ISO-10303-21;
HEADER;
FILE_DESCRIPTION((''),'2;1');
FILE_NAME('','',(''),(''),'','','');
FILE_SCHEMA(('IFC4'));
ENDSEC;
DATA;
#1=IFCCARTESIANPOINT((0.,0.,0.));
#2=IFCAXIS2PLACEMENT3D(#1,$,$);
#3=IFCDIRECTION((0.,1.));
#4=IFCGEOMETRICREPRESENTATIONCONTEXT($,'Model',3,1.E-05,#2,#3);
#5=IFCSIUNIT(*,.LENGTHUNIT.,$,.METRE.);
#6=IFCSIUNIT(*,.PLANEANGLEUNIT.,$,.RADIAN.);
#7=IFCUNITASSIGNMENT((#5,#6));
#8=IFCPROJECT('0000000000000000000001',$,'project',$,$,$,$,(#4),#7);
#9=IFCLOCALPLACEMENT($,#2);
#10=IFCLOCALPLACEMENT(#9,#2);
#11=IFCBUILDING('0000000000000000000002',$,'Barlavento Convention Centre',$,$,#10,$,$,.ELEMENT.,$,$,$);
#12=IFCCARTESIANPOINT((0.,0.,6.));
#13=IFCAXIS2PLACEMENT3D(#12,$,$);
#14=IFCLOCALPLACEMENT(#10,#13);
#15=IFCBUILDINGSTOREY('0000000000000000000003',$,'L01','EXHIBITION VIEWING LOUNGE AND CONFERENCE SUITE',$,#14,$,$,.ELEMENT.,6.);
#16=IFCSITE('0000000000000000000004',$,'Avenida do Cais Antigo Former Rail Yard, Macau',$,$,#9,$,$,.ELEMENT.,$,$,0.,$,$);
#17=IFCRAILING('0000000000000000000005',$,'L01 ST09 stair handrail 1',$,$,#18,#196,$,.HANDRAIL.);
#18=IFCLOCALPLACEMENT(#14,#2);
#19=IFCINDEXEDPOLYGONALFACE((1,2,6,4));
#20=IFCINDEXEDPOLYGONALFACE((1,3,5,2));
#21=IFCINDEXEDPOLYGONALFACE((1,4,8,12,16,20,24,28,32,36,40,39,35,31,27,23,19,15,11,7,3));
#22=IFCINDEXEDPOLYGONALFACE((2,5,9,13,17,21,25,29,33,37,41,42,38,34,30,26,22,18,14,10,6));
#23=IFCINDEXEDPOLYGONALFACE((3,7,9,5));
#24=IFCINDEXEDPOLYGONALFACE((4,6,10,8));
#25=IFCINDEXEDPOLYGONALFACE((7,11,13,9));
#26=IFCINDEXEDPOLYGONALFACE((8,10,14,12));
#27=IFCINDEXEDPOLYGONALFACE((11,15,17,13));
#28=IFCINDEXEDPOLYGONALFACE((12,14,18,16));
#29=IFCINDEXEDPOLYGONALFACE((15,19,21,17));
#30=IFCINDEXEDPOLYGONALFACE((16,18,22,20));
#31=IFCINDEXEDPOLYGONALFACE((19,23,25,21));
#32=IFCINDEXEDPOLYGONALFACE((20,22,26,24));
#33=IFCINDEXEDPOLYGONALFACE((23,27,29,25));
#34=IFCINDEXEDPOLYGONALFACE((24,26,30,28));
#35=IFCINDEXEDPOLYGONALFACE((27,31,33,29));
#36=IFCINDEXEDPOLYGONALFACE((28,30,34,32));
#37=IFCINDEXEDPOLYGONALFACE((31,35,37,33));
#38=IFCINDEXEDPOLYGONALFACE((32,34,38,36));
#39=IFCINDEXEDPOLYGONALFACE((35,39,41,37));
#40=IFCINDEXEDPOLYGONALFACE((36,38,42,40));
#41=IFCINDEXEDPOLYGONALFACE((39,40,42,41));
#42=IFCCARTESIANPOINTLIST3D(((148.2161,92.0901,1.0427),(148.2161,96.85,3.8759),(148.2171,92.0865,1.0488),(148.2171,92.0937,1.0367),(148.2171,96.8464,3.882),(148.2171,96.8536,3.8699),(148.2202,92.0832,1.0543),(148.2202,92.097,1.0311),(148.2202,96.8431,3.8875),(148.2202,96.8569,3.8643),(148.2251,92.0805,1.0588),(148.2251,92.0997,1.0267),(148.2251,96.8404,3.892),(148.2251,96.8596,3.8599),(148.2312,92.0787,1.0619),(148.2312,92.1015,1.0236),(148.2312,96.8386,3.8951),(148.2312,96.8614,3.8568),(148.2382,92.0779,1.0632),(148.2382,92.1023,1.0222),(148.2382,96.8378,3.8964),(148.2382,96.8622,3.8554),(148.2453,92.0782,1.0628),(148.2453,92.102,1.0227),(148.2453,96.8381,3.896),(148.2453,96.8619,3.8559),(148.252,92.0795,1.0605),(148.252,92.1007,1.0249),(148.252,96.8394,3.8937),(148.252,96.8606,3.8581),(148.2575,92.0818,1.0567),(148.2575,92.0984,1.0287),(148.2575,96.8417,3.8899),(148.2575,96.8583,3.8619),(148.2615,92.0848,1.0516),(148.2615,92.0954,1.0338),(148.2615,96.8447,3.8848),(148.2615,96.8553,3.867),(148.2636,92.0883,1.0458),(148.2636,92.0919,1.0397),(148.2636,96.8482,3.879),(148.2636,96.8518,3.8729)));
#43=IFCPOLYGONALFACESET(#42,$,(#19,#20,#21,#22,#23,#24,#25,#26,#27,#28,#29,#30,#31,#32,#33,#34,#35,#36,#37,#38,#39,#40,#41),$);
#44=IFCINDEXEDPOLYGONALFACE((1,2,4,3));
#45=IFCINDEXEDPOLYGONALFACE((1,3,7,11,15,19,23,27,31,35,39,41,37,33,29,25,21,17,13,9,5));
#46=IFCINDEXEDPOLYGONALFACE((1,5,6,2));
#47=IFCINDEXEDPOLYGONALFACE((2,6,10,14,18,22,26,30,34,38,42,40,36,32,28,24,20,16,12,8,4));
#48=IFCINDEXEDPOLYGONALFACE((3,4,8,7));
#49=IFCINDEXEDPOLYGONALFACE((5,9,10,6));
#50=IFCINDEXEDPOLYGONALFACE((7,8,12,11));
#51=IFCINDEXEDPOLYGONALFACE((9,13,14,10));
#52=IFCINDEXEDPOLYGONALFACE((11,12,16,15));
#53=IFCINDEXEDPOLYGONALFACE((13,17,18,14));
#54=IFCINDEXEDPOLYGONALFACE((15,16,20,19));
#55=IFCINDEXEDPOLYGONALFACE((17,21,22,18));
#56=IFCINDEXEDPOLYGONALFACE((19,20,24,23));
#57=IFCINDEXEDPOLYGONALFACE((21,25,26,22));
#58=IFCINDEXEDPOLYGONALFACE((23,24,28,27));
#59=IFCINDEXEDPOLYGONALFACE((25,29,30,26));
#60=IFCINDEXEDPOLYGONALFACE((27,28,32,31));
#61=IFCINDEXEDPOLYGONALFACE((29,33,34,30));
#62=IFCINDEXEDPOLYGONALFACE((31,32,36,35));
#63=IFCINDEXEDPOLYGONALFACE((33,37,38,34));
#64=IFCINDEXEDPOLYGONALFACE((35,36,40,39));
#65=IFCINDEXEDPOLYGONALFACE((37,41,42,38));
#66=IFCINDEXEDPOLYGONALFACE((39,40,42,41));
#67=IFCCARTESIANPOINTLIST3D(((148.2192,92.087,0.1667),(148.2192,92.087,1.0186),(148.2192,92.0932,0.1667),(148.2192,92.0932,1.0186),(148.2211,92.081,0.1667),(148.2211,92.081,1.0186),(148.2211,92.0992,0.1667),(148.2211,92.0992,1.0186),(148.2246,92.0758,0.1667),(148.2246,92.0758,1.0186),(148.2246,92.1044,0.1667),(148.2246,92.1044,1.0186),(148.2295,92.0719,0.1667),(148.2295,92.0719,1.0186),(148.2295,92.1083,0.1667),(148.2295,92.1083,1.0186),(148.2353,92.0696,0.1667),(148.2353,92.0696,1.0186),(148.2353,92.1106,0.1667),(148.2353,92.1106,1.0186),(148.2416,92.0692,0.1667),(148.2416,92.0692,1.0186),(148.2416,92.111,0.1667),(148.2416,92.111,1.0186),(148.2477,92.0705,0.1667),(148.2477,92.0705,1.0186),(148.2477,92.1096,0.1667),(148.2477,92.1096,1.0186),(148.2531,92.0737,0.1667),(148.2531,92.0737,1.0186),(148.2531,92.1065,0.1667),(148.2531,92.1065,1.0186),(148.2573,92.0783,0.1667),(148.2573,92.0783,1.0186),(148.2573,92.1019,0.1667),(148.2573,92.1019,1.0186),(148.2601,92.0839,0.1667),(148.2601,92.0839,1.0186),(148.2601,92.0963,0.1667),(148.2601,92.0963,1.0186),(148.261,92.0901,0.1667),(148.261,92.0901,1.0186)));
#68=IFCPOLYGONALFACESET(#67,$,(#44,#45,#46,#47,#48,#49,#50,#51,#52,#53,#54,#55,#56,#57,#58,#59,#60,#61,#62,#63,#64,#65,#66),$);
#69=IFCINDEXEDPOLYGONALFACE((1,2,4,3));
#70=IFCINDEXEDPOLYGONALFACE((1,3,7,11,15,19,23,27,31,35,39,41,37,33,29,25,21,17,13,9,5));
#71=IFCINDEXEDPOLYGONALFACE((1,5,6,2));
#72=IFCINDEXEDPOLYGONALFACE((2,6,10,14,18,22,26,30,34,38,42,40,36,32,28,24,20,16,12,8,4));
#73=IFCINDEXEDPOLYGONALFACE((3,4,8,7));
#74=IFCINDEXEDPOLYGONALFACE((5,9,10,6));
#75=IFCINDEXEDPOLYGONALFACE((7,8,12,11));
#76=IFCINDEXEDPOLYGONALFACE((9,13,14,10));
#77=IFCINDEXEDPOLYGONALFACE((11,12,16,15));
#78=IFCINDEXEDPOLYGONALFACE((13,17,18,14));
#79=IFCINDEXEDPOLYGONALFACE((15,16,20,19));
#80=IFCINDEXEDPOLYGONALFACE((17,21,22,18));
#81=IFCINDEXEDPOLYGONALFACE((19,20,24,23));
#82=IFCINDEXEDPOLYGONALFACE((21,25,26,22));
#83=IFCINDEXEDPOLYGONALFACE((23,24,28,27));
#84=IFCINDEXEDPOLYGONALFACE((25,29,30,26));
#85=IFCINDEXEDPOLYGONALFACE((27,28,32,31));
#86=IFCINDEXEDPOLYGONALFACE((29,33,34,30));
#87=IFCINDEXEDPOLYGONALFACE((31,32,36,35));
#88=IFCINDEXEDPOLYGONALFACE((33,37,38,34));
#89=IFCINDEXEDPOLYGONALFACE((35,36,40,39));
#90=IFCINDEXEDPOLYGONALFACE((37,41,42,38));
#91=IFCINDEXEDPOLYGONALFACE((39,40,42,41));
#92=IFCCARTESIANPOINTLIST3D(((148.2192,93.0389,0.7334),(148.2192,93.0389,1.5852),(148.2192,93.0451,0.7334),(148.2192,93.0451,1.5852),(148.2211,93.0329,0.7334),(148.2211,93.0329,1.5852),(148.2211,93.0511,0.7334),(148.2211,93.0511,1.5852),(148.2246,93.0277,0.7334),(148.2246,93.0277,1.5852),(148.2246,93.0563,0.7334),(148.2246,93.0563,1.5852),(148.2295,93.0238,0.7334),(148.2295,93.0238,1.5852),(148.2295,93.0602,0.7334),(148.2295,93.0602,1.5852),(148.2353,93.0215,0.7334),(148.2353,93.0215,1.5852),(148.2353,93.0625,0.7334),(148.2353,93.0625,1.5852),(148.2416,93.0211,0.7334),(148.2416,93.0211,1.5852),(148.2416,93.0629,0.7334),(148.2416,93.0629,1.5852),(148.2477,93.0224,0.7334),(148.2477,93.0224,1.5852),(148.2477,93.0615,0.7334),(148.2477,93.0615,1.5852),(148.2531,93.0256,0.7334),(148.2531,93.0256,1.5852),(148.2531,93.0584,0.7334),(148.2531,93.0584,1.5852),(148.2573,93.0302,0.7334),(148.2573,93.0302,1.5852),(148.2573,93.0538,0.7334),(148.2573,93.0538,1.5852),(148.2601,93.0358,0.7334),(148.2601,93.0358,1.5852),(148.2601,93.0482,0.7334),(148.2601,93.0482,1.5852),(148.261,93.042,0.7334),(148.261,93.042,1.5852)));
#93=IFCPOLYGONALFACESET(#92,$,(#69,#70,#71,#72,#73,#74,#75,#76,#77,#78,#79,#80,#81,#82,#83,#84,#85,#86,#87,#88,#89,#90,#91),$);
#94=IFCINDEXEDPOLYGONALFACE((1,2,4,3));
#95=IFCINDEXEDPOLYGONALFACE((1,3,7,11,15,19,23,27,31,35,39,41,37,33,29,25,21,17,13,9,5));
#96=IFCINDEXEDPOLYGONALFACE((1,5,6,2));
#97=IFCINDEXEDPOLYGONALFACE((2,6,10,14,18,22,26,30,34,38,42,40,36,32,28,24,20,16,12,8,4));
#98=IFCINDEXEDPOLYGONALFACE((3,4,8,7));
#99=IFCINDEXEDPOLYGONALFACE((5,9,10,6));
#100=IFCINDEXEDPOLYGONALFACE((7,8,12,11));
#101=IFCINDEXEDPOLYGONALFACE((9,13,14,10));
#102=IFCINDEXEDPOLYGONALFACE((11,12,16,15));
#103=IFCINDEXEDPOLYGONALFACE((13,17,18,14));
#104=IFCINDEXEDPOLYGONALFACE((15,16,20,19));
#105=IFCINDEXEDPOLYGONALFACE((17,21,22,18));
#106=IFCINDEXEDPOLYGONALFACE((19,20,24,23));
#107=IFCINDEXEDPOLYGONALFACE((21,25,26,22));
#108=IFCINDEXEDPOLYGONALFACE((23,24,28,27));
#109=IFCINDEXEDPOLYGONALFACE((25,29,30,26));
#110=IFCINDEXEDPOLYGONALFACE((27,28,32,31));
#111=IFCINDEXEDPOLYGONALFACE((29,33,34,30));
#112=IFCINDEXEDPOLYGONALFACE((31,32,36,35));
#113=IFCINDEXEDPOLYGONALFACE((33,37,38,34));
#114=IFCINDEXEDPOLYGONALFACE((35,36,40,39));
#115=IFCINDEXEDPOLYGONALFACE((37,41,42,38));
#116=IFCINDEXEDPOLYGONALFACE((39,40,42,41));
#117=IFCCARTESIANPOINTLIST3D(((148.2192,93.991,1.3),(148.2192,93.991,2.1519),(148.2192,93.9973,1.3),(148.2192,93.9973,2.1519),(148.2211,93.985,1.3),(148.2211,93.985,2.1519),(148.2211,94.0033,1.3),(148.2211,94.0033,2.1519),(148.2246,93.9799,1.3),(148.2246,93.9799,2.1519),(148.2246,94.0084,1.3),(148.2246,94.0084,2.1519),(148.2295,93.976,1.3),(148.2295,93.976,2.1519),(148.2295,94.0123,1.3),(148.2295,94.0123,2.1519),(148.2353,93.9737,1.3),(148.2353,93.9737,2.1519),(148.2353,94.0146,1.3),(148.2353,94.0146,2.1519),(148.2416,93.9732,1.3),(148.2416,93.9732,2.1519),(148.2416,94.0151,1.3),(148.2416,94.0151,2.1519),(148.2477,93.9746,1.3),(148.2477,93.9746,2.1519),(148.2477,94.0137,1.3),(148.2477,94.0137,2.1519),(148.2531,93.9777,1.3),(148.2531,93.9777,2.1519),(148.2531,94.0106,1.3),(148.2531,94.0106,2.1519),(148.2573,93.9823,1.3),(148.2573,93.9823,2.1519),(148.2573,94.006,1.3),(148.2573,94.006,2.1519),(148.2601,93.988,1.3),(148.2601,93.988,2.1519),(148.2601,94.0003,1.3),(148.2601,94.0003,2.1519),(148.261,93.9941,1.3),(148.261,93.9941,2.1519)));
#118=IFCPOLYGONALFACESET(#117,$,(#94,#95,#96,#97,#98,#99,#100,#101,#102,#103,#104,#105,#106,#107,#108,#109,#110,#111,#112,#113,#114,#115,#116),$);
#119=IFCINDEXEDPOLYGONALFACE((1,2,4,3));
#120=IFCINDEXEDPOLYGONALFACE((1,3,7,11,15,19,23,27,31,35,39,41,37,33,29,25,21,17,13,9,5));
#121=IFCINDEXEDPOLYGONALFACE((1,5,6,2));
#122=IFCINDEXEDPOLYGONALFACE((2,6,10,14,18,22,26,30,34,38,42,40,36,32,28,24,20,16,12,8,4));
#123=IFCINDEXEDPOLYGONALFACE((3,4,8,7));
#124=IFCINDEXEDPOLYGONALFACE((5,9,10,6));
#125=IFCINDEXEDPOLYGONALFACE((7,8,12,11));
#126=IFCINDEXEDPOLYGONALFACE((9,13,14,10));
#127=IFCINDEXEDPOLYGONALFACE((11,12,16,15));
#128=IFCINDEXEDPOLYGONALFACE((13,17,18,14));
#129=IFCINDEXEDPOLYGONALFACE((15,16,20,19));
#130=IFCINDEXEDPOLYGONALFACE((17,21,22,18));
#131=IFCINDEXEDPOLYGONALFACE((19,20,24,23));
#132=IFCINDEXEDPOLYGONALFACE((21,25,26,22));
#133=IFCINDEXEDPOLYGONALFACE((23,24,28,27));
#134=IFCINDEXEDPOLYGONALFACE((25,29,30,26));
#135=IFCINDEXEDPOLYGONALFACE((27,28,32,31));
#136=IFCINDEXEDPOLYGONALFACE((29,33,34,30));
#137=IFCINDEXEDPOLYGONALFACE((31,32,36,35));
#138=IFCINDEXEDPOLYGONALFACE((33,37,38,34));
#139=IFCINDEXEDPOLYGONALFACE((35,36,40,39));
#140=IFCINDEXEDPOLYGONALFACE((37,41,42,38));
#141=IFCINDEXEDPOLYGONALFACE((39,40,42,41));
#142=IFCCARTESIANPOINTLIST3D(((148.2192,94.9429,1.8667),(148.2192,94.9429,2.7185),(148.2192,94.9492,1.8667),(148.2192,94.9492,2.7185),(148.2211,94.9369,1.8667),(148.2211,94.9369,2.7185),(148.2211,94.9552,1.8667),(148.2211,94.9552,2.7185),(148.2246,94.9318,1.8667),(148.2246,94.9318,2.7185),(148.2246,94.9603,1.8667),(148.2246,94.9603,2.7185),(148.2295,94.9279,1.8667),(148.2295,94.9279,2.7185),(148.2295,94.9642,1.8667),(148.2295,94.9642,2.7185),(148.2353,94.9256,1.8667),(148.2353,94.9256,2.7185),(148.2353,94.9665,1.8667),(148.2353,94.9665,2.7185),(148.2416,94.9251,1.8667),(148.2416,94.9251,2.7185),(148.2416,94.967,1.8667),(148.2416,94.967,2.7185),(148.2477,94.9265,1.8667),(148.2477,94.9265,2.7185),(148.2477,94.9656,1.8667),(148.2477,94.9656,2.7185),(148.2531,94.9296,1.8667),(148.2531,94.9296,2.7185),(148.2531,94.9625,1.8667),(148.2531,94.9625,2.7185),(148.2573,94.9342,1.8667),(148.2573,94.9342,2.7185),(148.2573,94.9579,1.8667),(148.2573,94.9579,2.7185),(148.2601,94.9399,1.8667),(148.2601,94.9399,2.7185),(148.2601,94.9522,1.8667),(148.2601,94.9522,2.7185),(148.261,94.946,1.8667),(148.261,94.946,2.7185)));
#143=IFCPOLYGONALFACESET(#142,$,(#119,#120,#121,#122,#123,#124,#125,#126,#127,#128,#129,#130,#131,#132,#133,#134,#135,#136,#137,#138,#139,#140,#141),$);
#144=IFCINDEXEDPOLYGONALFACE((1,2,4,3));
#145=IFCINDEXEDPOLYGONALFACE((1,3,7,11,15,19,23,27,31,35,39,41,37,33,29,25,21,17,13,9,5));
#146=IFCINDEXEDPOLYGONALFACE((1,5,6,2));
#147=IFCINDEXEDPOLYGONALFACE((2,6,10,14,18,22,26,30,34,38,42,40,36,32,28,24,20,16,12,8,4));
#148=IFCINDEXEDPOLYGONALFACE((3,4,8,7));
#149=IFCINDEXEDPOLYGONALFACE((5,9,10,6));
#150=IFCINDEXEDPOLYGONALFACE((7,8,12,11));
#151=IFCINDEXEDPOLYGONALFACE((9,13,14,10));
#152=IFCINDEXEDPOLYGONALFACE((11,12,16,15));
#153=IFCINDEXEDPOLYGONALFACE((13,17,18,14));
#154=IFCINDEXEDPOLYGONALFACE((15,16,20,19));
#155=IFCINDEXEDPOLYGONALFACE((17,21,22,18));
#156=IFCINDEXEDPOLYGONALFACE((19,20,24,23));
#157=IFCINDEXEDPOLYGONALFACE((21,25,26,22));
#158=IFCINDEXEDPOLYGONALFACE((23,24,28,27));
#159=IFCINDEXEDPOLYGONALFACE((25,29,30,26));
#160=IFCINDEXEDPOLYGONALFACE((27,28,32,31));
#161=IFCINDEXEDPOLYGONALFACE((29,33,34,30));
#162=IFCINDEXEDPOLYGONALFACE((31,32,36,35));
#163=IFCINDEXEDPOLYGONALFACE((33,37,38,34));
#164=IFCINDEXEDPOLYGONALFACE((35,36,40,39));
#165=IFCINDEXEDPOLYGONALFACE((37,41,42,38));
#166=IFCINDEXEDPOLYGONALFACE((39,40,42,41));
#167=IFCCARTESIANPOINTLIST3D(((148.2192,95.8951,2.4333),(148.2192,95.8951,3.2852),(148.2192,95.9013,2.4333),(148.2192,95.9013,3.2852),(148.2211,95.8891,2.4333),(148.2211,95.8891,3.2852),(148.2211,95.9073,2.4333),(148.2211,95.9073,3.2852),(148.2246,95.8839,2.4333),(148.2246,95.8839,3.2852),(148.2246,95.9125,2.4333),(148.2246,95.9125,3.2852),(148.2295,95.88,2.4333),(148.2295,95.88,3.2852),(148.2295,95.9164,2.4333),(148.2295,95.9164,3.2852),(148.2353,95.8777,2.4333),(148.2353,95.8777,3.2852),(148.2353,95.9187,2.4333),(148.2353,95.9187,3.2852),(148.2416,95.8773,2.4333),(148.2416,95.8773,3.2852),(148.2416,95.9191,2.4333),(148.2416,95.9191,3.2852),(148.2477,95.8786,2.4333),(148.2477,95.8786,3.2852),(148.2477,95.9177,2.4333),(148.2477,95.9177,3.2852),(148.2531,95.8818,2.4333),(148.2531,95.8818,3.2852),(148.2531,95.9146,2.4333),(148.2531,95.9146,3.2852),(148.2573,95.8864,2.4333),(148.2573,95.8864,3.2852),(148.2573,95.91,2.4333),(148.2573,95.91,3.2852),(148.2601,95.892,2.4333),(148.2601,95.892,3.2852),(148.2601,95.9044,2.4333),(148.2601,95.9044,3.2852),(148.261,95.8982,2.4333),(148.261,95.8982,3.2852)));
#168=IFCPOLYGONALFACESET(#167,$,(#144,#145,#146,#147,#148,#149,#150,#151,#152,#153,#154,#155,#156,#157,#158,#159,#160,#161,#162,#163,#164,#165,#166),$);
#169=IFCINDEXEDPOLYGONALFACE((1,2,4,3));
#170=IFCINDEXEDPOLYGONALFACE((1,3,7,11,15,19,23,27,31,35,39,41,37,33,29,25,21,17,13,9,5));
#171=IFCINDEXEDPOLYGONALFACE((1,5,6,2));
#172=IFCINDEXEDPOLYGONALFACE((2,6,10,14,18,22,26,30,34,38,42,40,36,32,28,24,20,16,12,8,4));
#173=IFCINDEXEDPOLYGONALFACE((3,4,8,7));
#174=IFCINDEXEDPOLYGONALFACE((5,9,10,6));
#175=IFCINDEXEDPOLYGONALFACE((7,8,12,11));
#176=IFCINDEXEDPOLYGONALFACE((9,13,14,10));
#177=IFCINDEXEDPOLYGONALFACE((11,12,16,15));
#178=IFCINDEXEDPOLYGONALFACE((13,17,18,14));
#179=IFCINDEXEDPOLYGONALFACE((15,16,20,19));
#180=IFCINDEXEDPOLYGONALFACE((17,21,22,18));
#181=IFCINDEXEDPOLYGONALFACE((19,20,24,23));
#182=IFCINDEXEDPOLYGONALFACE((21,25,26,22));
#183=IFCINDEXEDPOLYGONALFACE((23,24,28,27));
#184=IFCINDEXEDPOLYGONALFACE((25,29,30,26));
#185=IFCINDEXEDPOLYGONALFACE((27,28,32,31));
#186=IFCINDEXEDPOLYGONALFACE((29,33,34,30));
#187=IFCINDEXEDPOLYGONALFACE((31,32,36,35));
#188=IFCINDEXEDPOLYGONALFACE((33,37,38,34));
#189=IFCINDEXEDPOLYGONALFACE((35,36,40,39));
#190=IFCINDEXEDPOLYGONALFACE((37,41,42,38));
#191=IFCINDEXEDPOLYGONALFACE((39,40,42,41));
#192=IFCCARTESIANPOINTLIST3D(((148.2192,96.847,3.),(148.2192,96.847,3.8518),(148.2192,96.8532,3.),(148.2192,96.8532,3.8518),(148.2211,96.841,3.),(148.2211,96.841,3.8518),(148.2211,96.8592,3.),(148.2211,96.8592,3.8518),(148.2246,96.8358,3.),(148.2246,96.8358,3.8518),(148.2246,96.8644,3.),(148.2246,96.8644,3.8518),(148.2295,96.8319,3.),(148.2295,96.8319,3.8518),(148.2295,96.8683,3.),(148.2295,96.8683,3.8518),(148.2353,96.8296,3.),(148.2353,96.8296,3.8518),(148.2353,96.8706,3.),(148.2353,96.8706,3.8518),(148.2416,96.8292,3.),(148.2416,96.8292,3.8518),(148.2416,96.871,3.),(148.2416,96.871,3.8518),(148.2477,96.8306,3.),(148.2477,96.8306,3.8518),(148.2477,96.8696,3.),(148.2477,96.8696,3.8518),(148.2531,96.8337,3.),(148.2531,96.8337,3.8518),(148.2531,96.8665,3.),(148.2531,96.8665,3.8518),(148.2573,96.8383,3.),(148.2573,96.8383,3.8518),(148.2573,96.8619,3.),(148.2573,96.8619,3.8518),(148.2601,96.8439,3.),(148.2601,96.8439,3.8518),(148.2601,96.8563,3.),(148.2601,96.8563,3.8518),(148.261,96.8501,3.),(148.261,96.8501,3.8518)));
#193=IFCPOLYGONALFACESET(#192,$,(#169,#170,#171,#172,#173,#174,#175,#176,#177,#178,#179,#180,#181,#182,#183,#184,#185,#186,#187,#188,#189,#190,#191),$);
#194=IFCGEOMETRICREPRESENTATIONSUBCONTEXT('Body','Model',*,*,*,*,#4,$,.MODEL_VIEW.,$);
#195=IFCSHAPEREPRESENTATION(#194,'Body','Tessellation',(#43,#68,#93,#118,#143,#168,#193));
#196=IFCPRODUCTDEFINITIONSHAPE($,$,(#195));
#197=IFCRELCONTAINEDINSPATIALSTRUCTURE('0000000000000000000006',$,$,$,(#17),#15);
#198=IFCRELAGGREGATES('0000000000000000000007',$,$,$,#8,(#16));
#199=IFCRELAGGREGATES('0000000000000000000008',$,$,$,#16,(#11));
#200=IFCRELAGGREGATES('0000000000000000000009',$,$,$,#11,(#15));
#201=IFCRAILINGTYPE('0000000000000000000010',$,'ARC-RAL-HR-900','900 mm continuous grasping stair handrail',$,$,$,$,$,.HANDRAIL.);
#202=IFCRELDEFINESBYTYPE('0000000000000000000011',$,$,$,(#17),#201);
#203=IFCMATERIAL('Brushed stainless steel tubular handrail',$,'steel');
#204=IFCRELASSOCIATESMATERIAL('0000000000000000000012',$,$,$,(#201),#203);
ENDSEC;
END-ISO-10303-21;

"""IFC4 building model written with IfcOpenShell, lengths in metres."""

from ifc_helpers import new_model, si_unit, direction, frame, origin, origin_2d, place, context, subcontext, project, spatial, circle, extrude, material, type_object, element, save


model = new_model("IFC4")

# Units and contexts
model_context = context("Model", 3, precision=1e-05, world=origin(), true_north=direction((0.0, 1.0)))
body_context = subcontext(model_context, "Body", "Model", "MODEL_VIEW")
ifc_project = project(units=[si_unit("LENGTHUNIT", "METRE"), si_unit("PLANEANGLEUNIT", "RADIAN")], contexts=[model_context])

# Site, building, storey
site_placement = place(None, origin())
site = spatial("IfcSite", under=ifc_project, at=site_placement, Name="Avenida do Cais Antigo Former Rail Yard, Macau", CompositionType="ELEMENT", RefElevation=0.0)
building_placement = place(site_placement, origin())
building = spatial("IfcBuilding", under=site, at=building_placement, Name="Barlavento Convention Centre", CompositionType="ELEMENT")
storey_placement = place(building_placement, frame((0.0, 0.0, 6.0)))
storey = spatial("IfcBuildingStorey", under=building, at=storey_placement, Name="L01", Description="EXHIBITION VIEWING LOUNGE AND CONFERENCE SUITE", CompositionType="ELEMENT", Elevation=6.0)

# Railing
ifc_material_1 = material(Name="Brushed stainless steel tubular handrail", Category="steel")
railing_type_1 = type_object("IfcRailingType", Name="ARC-RAL-HR-900", Description="900 mm continuous grasping stair handrail", PredefinedType="HANDRAIL", material=ifc_material_1)
railing_1_placement = place(storey_placement, frame((148.24, 92.0901, 0.1667)))
element("IfcRailing", 1, at=railing_1_placement, inside=storey, type_object=railing_type_1, Name="L01 ST09 stair handrail 1", PredefinedType="HANDRAIL", context=body_context, shape_type="SweptSolid", body=[
    extrude(circle(Radius=0.0239, at=origin_2d()), frame((0.0, 0.0, 0.876), z_axis=(0.0, 0.8593, 0.511472), x_axis=(-1.0, 0.0, 0.0)), (0.0, 0.0, 1.0), 5.5393),
    extrude(circle(Radius=0.021, at=origin_2d()), origin(), (0.0, 0.0, 1.0), 0.8518),
    extrude(circle(Radius=0.021, at=origin_2d()), frame((0.0, 0.9519, 0.5667)), (0.0, 0.0, 1.0), 0.8518),
    extrude(circle(Radius=0.021, at=origin_2d()), frame((0.0, 1.9041, 1.1333)), (0.0, 0.0, 1.0), 0.8518),
    extrude(circle(Radius=0.021, at=origin_2d()), frame((0.0, 2.856, 1.7)), (0.0, 0.0, 1.0), 0.8518),
    extrude(circle(Radius=0.021, at=origin_2d()), frame((0.0, 3.8081, 2.2666)), (0.0, 0.0, 1.0), 0.8518),
    extrude(circle(Radius=0.021, at=origin_2d()), frame((0.0, 4.76, 2.8333)), (0.0, 0.0, 1.0), 0.8518),
])

save(model, "model.ifc")
